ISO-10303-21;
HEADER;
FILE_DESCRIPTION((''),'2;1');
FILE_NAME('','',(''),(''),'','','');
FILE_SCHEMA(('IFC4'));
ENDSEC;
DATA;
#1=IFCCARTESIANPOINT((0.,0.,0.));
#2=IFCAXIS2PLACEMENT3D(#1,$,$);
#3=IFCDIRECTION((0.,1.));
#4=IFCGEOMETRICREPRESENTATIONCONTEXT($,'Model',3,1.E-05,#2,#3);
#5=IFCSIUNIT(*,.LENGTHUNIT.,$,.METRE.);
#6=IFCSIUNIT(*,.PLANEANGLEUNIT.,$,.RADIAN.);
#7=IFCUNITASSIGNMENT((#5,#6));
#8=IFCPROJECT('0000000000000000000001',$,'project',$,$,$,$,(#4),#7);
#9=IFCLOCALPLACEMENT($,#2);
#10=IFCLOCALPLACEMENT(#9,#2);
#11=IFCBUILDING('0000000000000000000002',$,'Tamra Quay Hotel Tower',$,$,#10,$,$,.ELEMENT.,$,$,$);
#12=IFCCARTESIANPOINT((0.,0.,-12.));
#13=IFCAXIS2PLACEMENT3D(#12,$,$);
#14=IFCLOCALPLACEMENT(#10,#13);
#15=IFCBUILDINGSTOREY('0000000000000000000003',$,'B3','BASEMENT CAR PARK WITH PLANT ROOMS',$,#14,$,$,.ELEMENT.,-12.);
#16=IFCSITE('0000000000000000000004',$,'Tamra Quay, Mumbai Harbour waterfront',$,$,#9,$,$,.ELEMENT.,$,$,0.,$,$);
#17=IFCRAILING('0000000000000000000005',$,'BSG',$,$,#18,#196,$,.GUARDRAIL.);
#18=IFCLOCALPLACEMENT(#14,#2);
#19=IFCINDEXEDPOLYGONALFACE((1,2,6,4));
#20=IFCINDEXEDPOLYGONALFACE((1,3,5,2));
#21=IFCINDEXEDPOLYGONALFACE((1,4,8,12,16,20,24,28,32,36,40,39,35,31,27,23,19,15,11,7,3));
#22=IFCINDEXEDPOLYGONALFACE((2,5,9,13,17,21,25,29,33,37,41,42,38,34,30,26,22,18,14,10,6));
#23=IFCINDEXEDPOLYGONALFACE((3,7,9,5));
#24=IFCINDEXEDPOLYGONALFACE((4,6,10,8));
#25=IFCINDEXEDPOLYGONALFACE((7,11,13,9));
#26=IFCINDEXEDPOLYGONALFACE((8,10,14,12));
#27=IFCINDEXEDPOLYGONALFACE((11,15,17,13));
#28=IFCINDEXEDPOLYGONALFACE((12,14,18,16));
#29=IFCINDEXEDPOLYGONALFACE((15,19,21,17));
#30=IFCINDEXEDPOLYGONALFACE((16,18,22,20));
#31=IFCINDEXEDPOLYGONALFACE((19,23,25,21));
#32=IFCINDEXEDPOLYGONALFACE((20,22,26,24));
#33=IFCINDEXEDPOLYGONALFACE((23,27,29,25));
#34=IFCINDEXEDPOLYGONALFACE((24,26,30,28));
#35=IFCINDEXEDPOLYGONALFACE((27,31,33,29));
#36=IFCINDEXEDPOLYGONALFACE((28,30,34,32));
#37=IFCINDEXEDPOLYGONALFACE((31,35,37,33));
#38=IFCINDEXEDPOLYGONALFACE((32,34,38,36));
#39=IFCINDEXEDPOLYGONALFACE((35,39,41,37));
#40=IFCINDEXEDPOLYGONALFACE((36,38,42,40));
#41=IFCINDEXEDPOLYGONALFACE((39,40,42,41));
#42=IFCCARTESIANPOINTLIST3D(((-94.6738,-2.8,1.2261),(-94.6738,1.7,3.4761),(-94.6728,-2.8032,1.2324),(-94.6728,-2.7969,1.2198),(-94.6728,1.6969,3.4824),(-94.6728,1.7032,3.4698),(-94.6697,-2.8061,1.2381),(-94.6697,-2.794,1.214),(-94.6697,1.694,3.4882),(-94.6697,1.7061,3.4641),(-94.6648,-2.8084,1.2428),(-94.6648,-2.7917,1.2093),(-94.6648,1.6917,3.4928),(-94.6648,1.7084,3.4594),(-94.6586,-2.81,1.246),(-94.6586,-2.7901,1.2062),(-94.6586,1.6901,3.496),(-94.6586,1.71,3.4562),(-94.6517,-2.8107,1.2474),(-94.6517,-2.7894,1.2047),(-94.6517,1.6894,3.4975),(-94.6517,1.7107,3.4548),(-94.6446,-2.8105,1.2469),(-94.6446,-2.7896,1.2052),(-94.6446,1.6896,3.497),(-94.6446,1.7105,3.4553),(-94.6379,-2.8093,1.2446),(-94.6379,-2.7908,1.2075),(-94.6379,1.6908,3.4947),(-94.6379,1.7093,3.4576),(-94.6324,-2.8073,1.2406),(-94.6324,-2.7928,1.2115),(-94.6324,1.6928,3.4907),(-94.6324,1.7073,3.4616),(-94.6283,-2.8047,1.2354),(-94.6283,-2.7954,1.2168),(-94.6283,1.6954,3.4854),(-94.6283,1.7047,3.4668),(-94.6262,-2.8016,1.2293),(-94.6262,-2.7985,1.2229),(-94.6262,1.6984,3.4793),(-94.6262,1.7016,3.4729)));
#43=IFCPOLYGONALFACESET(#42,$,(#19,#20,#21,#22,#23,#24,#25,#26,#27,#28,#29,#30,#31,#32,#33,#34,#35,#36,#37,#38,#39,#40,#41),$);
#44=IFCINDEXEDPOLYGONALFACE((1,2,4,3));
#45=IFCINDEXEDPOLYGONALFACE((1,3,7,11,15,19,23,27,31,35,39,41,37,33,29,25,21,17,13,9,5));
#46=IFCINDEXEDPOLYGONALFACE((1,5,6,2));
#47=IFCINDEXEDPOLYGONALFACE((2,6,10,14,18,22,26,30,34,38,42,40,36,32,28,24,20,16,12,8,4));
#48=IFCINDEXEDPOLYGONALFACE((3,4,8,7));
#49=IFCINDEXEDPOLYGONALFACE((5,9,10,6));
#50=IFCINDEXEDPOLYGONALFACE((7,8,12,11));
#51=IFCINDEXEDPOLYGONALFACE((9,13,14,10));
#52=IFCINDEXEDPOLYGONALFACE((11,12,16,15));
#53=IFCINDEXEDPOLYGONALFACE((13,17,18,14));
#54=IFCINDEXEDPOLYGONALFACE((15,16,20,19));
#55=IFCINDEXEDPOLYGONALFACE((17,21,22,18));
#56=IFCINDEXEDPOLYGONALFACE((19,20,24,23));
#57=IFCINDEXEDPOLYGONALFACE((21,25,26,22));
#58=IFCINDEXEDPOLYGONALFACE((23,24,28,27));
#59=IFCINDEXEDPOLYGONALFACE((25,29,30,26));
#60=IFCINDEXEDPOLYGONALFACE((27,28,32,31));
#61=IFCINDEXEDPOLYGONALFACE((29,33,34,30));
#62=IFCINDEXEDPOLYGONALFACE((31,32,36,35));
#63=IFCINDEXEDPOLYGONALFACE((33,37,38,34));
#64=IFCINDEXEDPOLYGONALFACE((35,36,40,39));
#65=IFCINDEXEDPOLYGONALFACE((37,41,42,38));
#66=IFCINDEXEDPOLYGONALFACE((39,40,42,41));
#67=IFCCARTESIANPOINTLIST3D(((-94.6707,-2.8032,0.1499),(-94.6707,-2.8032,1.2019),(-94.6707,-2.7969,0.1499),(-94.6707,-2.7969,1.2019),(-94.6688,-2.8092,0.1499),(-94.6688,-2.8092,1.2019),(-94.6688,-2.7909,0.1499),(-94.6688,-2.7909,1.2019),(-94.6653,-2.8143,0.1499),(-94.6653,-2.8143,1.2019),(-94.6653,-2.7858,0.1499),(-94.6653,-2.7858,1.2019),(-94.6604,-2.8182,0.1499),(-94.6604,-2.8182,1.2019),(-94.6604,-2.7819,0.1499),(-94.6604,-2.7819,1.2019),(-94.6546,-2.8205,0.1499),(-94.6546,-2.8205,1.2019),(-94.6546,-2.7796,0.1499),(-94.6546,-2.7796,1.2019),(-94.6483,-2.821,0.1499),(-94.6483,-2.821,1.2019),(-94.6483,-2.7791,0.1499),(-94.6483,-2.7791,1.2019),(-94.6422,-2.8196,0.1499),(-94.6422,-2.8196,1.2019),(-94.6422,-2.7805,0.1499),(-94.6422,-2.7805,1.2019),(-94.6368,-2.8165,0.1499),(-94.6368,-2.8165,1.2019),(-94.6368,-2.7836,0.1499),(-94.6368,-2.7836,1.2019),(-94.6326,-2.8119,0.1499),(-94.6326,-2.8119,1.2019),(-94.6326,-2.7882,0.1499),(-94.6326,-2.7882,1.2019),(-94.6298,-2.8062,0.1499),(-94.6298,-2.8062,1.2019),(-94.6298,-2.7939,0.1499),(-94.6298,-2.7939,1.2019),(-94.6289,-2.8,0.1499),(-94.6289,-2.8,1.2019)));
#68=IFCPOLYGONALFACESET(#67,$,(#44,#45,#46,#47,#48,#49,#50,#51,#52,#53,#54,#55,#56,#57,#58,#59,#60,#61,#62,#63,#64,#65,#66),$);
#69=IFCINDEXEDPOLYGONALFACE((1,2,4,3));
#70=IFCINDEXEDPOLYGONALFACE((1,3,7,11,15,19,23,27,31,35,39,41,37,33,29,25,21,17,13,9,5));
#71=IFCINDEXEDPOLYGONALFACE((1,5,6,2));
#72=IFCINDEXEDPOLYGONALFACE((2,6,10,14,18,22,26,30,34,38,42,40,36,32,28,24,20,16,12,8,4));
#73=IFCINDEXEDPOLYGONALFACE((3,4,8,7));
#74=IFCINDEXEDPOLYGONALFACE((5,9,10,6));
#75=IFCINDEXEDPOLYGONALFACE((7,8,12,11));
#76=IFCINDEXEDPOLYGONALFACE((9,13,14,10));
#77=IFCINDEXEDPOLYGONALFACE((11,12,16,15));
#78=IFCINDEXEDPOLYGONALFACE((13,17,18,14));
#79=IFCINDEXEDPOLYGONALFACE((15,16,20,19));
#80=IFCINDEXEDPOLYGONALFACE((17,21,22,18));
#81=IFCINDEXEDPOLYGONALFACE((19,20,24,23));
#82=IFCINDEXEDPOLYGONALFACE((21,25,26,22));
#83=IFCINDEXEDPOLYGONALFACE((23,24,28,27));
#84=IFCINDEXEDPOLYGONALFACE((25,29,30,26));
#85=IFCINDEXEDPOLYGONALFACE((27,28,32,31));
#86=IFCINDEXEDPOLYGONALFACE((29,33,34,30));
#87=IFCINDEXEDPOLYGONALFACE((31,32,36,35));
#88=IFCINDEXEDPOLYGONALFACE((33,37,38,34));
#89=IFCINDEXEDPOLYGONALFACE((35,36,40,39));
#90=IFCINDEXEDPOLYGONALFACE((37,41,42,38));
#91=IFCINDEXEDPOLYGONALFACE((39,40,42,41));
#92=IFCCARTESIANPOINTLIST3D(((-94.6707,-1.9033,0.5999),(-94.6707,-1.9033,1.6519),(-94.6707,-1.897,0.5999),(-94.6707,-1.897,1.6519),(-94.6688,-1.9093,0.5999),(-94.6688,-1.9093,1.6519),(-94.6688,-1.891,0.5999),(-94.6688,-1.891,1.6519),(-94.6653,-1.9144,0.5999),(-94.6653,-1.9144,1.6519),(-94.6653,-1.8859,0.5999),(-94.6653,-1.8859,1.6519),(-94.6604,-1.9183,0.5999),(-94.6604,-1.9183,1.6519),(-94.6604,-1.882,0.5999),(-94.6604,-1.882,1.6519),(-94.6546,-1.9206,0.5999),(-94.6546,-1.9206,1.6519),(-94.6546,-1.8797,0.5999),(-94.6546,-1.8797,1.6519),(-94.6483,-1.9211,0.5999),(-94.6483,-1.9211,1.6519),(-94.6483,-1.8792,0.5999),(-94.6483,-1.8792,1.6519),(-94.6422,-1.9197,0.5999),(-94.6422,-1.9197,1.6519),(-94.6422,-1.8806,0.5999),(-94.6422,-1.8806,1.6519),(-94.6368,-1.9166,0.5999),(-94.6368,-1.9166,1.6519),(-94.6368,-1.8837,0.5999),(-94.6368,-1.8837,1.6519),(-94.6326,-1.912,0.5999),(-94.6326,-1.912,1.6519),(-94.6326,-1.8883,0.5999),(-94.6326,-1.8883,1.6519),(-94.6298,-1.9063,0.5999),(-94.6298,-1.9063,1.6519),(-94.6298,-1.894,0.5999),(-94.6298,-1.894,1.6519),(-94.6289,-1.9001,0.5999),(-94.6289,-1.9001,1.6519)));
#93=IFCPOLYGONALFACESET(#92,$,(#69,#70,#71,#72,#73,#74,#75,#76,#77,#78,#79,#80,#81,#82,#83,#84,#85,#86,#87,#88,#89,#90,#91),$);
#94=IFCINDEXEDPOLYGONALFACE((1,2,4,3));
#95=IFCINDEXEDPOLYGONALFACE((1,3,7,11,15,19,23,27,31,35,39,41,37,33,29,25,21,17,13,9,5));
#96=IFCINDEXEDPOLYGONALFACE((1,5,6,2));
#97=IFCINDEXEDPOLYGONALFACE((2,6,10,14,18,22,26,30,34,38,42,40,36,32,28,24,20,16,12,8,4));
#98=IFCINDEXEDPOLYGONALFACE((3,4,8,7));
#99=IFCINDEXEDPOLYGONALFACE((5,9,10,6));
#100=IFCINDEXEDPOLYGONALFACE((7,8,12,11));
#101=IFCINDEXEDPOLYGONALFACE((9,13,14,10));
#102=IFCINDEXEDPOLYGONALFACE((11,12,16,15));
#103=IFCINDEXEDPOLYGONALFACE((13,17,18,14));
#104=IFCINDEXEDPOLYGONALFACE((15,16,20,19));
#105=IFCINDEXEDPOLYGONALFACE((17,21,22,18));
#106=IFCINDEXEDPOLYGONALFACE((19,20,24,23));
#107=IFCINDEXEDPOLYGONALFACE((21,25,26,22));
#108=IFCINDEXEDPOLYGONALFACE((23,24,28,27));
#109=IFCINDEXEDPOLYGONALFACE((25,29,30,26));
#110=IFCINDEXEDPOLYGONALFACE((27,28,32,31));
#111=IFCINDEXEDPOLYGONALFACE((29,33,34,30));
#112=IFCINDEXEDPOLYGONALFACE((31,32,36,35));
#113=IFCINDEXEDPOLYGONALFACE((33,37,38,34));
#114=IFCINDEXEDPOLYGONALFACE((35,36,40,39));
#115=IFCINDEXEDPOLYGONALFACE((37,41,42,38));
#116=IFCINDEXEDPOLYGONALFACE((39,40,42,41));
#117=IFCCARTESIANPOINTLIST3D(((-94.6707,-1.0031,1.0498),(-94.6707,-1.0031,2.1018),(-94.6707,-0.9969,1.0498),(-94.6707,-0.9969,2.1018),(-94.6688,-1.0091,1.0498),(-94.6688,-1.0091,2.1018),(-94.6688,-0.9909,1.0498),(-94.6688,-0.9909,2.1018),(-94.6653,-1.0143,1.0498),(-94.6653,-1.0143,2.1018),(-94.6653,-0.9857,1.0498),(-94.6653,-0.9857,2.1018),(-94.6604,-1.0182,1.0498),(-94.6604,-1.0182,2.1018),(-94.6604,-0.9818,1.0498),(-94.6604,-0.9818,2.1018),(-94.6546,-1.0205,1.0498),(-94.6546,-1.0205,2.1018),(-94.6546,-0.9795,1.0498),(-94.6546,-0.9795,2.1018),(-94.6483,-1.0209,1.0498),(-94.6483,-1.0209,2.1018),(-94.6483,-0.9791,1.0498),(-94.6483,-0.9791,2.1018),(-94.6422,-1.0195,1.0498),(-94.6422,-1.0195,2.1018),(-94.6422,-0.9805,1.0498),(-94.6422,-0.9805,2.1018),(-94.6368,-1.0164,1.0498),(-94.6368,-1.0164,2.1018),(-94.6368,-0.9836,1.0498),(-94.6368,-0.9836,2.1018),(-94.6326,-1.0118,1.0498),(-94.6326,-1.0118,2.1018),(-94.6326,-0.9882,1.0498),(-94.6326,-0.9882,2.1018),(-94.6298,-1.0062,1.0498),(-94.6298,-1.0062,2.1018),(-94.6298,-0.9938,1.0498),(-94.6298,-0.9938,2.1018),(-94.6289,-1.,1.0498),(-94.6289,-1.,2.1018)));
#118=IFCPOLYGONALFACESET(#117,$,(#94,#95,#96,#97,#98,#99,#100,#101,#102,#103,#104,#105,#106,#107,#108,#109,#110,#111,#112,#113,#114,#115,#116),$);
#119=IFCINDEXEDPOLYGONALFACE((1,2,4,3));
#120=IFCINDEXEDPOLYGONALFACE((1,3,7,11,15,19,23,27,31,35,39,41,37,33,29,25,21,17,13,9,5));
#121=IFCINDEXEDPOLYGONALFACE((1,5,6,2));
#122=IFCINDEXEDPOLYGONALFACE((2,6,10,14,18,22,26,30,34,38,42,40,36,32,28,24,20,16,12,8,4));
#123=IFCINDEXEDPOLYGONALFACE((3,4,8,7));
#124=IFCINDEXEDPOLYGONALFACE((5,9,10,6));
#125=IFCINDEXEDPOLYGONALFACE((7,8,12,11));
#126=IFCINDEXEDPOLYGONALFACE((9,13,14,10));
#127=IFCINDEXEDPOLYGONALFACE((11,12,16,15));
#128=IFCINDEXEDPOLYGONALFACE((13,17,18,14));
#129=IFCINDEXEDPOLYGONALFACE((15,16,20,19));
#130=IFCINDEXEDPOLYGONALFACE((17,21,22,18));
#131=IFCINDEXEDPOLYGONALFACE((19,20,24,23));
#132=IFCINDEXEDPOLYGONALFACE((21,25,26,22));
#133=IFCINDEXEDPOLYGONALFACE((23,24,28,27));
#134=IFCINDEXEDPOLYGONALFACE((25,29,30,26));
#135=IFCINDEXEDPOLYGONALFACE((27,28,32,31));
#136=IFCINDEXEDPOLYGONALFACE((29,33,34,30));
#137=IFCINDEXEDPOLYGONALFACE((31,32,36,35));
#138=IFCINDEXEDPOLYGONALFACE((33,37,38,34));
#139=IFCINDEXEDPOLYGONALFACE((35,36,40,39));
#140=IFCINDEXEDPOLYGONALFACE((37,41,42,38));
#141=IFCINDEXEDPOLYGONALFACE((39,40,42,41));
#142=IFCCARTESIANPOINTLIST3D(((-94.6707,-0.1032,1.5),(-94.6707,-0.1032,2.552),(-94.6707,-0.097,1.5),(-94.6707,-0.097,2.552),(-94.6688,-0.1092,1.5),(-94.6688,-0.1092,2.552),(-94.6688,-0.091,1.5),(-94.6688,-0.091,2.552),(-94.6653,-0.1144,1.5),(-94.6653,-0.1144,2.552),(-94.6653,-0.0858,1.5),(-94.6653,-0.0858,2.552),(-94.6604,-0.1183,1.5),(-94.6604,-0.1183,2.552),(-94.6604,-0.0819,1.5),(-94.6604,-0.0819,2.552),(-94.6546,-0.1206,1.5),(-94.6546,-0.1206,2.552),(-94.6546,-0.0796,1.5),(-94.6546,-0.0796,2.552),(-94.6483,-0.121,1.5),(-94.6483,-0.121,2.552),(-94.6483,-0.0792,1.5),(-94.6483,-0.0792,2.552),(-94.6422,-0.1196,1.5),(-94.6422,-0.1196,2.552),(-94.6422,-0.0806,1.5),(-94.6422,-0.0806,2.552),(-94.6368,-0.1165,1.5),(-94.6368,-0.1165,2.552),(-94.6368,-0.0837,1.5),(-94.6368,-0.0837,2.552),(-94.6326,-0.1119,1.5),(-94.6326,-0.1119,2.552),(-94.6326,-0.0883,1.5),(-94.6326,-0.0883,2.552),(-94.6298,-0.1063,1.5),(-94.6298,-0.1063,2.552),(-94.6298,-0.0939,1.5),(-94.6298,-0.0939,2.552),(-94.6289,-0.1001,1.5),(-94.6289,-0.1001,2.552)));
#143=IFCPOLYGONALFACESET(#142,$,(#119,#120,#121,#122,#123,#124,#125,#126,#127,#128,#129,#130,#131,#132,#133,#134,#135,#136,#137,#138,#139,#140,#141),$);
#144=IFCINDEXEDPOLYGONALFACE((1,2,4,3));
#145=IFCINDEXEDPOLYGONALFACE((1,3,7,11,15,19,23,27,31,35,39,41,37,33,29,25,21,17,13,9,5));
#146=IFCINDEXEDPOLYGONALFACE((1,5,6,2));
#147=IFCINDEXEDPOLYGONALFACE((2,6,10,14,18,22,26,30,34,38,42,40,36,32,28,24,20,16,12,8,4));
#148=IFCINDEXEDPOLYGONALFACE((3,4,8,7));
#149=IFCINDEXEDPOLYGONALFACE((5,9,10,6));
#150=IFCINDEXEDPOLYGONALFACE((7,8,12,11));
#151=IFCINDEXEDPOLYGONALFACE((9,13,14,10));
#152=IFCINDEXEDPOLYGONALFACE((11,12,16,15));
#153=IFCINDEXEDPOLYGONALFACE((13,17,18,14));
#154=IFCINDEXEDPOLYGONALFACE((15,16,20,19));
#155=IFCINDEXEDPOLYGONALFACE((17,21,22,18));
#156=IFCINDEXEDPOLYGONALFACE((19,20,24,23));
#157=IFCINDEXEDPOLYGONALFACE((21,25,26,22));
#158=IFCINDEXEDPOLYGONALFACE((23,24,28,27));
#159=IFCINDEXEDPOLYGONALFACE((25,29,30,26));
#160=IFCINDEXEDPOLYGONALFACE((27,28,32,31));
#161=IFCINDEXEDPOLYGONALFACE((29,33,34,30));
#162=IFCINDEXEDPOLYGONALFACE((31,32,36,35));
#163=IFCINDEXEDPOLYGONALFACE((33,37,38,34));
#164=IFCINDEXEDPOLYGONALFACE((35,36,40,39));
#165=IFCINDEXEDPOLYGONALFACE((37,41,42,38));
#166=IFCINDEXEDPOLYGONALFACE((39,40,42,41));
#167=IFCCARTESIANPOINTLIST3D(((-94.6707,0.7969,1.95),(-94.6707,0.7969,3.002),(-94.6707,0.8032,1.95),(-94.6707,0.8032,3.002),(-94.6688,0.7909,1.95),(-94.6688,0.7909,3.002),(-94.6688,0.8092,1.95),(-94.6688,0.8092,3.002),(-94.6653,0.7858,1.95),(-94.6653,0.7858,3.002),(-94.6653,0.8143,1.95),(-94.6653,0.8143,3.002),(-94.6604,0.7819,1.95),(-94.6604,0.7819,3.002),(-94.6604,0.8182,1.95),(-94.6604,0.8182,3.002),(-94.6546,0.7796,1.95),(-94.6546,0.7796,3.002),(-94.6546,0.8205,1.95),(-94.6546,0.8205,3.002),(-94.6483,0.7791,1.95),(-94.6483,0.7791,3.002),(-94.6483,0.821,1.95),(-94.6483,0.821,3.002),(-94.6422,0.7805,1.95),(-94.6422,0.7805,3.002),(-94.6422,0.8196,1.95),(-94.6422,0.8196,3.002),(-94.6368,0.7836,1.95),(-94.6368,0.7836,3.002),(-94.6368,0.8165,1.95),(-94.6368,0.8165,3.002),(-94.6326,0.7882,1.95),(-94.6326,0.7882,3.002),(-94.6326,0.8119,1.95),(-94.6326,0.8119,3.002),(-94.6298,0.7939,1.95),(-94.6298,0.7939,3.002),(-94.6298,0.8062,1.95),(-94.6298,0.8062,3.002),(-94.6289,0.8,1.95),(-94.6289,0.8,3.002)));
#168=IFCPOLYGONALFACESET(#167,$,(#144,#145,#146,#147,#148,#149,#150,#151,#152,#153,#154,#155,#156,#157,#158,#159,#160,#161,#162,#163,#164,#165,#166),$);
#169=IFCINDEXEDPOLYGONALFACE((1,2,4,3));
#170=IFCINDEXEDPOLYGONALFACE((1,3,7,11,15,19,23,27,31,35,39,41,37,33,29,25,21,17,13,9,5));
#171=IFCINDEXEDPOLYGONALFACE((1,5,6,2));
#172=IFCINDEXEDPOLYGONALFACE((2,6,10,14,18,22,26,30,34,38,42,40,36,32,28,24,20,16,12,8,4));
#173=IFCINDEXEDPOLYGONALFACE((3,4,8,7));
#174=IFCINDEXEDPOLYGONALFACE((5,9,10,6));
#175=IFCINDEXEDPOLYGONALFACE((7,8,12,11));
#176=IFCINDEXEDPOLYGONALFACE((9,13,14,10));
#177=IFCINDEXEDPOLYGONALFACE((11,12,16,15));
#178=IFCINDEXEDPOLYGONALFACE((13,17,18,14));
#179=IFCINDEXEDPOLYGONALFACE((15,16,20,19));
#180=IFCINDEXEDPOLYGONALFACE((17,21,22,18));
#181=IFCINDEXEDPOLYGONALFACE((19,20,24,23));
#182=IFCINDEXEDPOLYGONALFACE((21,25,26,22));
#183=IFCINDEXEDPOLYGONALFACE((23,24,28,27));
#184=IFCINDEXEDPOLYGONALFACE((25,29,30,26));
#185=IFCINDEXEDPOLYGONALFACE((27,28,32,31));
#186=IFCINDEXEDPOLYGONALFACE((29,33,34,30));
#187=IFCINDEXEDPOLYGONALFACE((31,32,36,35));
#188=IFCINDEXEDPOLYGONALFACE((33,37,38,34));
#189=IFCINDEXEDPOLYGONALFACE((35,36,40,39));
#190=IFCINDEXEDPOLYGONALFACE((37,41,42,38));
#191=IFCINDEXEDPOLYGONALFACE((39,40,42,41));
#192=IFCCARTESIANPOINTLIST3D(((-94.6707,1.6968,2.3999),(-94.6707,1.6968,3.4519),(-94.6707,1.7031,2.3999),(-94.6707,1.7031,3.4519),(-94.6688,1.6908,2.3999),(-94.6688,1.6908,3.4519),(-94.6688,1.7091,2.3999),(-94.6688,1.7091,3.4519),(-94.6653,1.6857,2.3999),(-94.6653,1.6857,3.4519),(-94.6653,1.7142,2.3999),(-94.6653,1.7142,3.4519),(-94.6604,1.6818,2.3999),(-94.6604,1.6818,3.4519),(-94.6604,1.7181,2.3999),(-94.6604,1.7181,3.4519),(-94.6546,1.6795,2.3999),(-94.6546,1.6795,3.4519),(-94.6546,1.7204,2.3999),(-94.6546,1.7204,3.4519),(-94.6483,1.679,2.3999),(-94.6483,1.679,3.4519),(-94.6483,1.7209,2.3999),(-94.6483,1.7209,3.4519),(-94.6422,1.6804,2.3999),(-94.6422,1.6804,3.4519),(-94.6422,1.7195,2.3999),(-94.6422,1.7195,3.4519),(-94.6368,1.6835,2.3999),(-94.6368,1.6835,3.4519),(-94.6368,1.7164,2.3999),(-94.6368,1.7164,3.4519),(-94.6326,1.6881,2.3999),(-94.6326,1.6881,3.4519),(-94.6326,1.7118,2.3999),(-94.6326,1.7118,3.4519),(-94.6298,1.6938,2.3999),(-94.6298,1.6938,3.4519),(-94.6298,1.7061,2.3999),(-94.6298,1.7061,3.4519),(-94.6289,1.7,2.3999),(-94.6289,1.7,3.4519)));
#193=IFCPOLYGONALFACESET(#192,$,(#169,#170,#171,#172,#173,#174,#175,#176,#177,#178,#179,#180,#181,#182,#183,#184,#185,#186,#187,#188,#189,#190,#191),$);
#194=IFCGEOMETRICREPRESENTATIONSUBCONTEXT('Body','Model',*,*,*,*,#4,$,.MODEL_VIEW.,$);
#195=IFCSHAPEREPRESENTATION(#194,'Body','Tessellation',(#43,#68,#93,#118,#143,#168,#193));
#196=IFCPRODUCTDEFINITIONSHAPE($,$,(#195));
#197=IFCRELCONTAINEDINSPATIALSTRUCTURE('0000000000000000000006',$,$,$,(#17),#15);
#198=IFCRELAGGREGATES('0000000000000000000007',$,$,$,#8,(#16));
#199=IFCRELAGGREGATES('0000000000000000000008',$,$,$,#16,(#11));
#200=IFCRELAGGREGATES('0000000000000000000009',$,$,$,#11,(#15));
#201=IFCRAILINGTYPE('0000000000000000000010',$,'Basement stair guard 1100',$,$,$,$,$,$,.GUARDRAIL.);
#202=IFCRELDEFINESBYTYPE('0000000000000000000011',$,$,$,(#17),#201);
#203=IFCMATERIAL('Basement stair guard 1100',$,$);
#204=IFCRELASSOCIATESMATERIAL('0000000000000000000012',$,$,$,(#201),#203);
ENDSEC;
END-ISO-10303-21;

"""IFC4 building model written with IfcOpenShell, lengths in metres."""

from ifc_helpers import new_model, si_unit, direction, frame, origin, origin_2d, place, context, subcontext, project, spatial, circle, extrude, material, type_object, element, save


model = new_model("IFC4")

# Units and contexts
model_context = context("Model", 3, precision=1e-05, world=origin(), true_north=direction((0.0, 1.0)))
body_context = subcontext(model_context, "Body", "Model", "MODEL_VIEW")
ifc_project = project(units=[si_unit("LENGTHUNIT", "METRE"), si_unit("PLANEANGLEUNIT", "RADIAN")], contexts=[model_context])

# Site, building, storey
site_placement = place(None, origin())
site = spatial("IfcSite", under=ifc_project, at=site_placement, Name="Tamra Quay, Mumbai Harbour waterfront", CompositionType="ELEMENT", RefElevation=0.0)
building_placement = place(site_placement, origin())
building = spatial("IfcBuilding", under=site, at=building_placement, Name="Tamra Quay Hotel Tower", CompositionType="ELEMENT")
storey_placement = place(building_placement, frame((0.0, 0.0, -12.0)))
storey = spatial("IfcBuildingStorey", under=building, at=storey_placement, Name="B3", Description="BASEMENT CAR PARK WITH PLANT ROOMS", CompositionType="ELEMENT", Elevation=-12.0)

# Railing
ifc_material_1 = material(Name="Basement stair guard 1100")
railing_type_1 = type_object("IfcRailingType", Name="Basement stair guard 1100", PredefinedType="GUARDRAIL", material=ifc_material_1)
railing_1_placement = place(storey_placement, frame((-94.6499, -2.8, 0.1499)))
element("IfcRailing", 1, at=railing_1_placement, inside=storey, type_object=railing_type_1, Name="BSG", PredefinedType="GUARDRAIL", context=body_context, shape_type="SweptSolid", body=[
    extrude(circle(Radius=0.0239, at=origin_2d()), frame((0.0, 0.0, 1.0762), z_axis=(0.0, 0.894427, 0.447214), x_axis=(-1.0, 0.0, 0.0)), (0.0, 0.0, 1.0), 5.0312),
    extrude(circle(Radius=0.021, at=origin_2d()), origin(), (0.0, 0.0, 1.0), 1.052),
    extrude(circle(Radius=0.021, at=origin_2d()), frame((0.0, 0.8999, 0.45)), (0.0, 0.0, 1.0), 1.052),
    extrude(circle(Radius=0.021, at=origin_2d()), frame((0.0, 1.8, 0.8999)), (0.0, 0.0, 1.0), 1.052),
    extrude(circle(Radius=0.021, at=origin_2d()), frame((0.0, 2.7, 1.3501)), (0.0, 0.0, 1.0), 1.052),
    extrude(circle(Radius=0.021, at=origin_2d()), frame((0.0, 3.6001, 1.8)), (0.0, 0.0, 1.0), 1.052),
    extrude(circle(Radius=0.021, at=origin_2d()), frame((0.0, 4.5, 2.25)), (0.0, 0.0, 1.0), 1.052),
])

save(model, "model.ifc")
